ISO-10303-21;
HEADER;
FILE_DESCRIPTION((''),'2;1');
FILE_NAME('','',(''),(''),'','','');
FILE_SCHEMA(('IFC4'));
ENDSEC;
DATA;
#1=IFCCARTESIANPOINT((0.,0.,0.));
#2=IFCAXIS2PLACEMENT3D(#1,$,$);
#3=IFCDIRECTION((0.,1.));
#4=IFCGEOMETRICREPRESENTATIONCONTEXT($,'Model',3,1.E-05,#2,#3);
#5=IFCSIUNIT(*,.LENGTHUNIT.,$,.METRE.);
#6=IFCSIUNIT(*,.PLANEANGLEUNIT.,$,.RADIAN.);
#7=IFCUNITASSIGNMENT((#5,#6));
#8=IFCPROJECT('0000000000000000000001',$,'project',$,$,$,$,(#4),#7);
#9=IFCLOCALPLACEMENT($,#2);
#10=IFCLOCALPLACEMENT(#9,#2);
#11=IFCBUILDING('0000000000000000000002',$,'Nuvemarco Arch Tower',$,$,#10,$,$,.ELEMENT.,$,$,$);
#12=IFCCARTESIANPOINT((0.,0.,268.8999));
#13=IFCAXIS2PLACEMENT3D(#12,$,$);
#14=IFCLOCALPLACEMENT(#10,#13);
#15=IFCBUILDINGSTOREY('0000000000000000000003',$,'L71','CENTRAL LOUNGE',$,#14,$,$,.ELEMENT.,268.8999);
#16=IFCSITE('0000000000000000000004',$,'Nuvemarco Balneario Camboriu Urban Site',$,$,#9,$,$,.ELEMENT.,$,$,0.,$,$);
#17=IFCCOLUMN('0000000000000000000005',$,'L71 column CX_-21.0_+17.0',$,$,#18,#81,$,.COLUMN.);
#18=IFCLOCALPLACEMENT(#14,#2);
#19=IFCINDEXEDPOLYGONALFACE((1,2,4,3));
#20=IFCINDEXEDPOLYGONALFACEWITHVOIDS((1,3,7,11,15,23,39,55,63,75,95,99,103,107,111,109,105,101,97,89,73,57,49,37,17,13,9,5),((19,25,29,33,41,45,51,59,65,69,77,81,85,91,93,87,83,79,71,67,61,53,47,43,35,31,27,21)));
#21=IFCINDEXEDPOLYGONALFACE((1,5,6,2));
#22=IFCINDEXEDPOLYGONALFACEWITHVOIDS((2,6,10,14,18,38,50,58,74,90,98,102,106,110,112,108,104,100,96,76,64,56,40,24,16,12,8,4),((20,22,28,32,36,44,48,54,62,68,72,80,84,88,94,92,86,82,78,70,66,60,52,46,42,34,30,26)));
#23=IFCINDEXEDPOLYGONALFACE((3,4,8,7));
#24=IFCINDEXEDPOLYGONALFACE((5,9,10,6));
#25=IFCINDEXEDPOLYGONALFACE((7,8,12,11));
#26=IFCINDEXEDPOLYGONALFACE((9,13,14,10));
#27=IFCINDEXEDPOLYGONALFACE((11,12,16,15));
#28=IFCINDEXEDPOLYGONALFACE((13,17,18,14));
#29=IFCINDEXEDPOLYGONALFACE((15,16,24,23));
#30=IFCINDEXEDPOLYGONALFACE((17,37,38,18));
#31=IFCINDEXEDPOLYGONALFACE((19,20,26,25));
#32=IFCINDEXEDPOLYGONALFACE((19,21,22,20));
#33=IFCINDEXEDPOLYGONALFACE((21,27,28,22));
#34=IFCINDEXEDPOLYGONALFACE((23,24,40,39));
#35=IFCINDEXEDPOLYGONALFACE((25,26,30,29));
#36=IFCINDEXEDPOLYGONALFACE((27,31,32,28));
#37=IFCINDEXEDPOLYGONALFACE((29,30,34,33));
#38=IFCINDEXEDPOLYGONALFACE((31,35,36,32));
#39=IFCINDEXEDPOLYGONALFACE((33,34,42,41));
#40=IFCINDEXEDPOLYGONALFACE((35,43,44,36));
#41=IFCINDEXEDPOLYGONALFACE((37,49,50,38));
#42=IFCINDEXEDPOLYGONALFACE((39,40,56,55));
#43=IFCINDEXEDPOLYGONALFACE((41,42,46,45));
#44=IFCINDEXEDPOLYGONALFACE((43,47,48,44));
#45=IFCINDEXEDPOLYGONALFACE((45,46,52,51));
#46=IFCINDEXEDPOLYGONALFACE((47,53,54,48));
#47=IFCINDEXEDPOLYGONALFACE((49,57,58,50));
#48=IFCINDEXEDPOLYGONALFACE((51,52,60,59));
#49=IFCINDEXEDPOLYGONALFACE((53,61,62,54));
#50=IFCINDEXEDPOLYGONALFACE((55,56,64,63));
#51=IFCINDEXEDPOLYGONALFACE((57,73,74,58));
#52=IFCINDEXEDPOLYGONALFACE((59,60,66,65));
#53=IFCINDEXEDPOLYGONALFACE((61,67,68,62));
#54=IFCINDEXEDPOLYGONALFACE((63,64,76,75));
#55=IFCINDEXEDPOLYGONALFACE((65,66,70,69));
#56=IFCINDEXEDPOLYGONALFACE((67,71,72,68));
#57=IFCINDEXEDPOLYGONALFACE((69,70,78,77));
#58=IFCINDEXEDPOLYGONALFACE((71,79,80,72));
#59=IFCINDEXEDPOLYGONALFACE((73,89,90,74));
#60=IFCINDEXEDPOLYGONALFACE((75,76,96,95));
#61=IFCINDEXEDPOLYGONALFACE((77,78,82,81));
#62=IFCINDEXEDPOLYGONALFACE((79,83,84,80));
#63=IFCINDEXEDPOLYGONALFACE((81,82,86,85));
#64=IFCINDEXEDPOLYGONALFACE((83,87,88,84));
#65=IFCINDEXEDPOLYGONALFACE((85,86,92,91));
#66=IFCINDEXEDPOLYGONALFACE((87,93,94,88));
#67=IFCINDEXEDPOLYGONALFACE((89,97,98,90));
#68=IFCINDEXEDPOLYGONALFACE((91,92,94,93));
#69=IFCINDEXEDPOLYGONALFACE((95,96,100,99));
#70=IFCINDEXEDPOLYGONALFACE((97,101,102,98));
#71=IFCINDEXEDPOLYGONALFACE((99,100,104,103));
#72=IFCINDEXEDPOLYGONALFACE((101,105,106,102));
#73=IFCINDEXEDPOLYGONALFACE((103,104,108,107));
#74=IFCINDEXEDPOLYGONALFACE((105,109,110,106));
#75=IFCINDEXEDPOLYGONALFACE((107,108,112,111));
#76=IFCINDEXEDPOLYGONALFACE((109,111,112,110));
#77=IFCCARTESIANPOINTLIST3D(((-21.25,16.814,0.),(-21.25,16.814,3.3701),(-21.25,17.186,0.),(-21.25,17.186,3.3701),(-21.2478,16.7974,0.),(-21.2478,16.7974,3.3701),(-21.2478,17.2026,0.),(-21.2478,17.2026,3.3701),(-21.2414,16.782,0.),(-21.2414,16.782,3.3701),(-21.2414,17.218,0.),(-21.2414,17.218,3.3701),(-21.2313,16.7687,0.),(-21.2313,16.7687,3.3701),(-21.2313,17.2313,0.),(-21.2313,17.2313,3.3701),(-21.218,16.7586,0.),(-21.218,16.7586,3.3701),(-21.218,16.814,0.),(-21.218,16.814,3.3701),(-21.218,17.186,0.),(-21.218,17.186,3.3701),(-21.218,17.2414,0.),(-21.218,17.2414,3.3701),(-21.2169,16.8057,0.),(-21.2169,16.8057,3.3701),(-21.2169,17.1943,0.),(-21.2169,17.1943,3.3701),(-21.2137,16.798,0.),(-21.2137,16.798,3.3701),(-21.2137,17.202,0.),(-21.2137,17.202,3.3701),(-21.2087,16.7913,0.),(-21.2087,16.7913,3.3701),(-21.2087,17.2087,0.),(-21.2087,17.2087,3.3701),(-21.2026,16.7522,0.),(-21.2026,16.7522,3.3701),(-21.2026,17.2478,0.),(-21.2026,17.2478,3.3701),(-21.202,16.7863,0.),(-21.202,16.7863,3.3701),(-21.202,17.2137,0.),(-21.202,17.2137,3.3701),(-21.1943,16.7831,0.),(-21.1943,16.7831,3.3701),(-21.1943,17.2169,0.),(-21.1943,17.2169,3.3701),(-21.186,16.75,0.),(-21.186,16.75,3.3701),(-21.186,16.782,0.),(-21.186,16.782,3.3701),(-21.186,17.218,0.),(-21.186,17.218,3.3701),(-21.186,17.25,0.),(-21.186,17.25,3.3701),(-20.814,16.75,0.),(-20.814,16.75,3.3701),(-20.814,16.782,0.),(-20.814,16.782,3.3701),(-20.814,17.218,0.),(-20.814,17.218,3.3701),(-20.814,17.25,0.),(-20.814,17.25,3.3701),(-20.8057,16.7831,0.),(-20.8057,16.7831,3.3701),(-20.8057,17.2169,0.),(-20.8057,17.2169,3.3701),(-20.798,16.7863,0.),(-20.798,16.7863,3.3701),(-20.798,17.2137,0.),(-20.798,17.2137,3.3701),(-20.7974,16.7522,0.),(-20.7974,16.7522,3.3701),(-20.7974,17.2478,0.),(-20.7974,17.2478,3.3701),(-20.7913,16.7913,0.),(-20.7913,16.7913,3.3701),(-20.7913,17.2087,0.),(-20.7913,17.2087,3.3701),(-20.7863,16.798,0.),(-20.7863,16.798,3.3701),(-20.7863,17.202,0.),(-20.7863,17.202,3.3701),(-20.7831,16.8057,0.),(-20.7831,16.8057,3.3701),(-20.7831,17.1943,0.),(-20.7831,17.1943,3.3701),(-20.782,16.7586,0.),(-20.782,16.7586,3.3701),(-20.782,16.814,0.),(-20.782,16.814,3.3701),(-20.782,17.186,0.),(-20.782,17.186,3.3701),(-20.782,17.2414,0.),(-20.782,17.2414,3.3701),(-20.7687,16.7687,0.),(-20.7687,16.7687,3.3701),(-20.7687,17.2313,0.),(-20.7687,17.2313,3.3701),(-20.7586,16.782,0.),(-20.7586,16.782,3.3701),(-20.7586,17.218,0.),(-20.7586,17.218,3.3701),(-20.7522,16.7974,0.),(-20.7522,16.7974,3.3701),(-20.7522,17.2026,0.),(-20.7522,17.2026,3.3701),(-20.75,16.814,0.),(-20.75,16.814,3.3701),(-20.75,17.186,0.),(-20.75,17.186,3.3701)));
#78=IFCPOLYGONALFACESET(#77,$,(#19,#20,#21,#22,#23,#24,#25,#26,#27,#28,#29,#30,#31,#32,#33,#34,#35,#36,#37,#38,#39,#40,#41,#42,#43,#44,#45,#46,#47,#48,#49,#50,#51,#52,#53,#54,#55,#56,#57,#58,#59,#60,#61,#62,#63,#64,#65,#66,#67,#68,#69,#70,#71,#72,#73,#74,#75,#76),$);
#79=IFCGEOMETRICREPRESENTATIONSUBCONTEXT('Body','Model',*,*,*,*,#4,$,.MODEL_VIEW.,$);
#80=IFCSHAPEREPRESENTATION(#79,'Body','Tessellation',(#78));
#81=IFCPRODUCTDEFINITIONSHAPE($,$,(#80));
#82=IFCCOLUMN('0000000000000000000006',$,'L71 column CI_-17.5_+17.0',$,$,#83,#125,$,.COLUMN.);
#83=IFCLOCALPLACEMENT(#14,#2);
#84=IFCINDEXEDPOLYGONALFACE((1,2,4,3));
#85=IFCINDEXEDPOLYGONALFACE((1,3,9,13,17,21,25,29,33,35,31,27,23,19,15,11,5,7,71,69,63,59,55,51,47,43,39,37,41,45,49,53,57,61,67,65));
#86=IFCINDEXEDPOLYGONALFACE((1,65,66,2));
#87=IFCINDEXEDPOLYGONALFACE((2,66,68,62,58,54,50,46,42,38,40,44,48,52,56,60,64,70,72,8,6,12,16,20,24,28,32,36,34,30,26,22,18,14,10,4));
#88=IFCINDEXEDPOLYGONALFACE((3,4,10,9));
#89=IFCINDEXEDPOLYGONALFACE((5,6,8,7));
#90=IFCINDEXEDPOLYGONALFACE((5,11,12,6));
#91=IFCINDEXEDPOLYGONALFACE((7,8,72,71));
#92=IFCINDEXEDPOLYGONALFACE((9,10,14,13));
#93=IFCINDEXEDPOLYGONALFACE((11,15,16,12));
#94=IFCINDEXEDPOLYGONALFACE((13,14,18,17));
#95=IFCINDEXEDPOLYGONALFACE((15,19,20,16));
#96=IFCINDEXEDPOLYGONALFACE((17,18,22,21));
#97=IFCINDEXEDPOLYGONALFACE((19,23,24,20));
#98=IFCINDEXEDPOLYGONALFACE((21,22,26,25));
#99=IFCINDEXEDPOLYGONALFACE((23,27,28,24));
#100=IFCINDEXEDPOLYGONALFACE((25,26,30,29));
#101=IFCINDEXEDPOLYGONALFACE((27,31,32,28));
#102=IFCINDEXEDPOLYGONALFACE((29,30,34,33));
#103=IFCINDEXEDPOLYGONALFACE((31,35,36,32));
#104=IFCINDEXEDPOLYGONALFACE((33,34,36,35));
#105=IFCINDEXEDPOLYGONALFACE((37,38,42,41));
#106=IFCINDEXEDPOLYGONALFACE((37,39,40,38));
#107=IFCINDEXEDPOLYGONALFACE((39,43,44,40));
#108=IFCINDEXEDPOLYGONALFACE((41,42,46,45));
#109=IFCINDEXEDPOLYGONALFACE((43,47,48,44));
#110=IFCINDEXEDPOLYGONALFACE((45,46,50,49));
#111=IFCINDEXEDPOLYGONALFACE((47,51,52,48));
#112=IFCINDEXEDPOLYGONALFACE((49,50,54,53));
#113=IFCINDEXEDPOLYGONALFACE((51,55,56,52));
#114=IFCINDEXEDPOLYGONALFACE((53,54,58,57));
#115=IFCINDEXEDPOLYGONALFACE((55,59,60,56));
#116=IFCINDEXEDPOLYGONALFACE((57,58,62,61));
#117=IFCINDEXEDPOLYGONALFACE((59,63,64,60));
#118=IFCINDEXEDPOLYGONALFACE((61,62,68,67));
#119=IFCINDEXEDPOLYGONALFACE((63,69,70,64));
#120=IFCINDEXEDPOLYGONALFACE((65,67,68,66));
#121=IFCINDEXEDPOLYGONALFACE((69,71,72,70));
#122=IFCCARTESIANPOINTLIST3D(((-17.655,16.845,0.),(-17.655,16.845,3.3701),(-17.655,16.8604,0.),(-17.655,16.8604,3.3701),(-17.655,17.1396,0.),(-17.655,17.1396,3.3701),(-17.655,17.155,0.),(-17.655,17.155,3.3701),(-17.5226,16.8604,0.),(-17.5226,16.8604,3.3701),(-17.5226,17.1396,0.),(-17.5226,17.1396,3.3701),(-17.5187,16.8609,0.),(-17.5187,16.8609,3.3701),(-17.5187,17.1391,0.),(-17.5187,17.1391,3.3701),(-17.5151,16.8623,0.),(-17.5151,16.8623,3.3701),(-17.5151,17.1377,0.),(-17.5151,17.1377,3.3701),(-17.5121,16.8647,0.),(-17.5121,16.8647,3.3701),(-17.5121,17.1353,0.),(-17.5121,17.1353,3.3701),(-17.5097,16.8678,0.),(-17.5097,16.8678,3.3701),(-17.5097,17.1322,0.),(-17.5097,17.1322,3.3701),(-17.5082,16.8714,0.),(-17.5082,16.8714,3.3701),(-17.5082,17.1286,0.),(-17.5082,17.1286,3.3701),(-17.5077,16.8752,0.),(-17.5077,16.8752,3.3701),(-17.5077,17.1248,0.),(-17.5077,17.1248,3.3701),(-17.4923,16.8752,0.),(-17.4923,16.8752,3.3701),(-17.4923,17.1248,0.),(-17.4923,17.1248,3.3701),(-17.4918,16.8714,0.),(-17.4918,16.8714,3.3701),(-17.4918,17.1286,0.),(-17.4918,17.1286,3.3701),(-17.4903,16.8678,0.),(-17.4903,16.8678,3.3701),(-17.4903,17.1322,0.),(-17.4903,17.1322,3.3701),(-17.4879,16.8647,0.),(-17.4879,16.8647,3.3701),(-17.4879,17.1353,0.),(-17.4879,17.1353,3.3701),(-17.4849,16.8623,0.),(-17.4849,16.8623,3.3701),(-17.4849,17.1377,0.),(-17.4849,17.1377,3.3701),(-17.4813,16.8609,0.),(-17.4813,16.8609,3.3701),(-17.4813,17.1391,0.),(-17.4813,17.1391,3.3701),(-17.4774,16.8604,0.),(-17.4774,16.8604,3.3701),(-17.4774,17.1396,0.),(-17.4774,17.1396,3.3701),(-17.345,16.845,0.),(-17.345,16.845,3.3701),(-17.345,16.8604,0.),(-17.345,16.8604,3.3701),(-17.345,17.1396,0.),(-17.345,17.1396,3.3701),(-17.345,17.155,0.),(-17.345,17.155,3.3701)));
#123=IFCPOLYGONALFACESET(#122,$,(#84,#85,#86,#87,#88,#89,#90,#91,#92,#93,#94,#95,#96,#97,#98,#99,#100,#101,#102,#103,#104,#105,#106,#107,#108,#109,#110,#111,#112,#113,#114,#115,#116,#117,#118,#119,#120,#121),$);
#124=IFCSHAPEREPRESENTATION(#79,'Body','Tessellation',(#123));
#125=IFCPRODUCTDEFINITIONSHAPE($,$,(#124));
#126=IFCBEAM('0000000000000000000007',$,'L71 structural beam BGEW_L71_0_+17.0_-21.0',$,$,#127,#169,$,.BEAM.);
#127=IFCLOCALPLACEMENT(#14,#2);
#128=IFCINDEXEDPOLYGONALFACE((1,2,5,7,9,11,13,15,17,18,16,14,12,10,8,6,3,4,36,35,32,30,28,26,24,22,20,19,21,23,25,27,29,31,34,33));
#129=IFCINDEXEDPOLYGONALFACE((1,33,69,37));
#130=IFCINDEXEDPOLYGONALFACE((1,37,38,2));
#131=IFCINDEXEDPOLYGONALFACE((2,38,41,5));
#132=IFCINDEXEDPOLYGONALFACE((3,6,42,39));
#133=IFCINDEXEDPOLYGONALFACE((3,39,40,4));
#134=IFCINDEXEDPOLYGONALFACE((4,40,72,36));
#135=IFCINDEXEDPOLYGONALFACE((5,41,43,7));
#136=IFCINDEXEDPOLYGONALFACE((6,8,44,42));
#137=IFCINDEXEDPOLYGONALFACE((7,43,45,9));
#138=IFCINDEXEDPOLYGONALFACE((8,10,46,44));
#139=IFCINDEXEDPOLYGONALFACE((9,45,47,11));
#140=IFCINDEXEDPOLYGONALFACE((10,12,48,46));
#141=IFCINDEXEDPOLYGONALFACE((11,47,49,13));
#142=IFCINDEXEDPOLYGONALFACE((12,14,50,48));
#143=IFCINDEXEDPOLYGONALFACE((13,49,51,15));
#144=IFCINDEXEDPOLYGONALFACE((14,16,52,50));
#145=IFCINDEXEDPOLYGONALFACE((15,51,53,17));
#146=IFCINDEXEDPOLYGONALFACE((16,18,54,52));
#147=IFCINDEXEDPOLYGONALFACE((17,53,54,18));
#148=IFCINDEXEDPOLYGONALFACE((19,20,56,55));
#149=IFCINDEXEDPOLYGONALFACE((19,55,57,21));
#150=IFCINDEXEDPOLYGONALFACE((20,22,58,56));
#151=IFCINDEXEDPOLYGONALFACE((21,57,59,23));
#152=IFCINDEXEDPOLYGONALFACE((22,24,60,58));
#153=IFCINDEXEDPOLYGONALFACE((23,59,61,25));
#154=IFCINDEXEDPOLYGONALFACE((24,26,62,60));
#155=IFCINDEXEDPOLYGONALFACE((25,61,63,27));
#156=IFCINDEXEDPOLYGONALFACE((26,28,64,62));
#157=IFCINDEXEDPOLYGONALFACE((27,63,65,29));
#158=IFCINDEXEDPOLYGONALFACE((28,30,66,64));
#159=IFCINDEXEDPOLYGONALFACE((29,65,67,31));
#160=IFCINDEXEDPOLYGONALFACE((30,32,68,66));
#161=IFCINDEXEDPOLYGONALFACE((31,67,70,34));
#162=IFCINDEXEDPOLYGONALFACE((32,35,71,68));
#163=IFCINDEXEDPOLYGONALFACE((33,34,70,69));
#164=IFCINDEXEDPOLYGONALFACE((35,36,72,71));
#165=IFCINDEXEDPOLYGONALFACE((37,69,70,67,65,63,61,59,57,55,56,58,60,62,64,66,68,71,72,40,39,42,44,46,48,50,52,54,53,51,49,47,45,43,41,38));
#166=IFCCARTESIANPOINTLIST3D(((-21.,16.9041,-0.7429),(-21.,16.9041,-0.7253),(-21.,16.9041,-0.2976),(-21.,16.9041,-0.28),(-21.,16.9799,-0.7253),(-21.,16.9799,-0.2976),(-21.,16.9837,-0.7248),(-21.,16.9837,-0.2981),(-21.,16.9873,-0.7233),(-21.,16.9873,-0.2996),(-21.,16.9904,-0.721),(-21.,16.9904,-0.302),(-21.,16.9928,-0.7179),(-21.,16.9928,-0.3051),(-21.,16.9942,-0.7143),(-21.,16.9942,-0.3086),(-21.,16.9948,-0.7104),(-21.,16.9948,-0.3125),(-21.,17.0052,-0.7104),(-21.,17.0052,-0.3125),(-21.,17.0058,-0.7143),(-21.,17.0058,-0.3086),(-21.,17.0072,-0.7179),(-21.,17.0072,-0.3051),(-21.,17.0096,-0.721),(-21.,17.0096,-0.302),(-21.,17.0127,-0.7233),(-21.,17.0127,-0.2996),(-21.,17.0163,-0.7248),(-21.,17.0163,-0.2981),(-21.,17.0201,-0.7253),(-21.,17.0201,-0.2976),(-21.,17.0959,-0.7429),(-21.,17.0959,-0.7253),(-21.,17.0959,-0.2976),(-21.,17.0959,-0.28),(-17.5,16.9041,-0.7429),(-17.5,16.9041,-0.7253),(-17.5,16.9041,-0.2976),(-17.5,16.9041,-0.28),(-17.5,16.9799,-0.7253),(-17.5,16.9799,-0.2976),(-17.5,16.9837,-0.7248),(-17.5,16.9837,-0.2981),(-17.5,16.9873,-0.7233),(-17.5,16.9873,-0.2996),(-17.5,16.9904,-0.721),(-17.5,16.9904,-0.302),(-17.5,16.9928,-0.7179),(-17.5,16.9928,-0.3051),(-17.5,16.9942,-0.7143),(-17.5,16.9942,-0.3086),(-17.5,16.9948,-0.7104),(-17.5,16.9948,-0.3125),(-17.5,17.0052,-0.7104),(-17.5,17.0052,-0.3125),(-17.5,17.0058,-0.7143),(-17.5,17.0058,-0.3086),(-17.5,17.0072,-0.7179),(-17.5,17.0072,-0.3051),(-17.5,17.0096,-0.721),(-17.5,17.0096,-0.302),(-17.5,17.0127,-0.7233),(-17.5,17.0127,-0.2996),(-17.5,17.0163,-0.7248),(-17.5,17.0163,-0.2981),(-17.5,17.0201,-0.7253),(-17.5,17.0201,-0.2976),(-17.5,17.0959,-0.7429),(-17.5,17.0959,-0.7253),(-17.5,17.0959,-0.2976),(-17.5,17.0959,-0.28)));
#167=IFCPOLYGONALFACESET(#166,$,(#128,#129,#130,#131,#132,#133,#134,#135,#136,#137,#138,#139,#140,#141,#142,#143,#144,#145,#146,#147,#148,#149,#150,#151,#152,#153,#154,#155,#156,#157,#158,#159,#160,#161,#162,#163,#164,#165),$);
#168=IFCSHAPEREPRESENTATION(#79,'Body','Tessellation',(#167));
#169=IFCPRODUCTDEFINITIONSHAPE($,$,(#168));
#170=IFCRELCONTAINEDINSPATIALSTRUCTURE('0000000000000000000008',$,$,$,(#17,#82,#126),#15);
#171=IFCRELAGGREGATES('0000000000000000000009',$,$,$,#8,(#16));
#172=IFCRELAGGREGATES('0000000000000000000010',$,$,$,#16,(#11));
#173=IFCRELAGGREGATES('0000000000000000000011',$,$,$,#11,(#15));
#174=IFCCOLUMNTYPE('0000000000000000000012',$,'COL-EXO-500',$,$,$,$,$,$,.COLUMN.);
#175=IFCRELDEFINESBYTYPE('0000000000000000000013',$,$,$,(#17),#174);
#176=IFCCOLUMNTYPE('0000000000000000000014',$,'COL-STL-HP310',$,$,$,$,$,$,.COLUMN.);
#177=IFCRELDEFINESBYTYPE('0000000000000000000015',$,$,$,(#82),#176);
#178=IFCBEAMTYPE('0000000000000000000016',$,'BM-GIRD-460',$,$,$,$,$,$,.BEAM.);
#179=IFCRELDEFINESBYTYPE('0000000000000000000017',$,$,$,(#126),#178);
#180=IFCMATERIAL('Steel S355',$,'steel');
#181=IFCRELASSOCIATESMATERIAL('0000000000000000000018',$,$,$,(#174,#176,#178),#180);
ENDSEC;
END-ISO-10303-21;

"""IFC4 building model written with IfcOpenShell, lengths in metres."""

from ifc_helpers import new_model, si_unit, direction, frame, origin, origin_2d, place, context, subcontext, project, spatial, hollow_rectangle, i_section, extrude, material, material_profile, profile_set, type_object, element, save


model = new_model("IFC4")

# Units and contexts
model_context = context("Model", 3, precision=1e-05, world=origin(), true_north=direction((0.0, 1.0)))
body_context = subcontext(model_context, "Body", "Model", "MODEL_VIEW")
ifc_project = project(units=[si_unit("LENGTHUNIT", "METRE"), si_unit("PLANEANGLEUNIT", "RADIAN")], contexts=[model_context])

# Site, building, storey
site_placement = place(None, origin())
site = spatial("IfcSite", under=ifc_project, at=site_placement, Name="Nuvemarco Balneario Camboriu Urban Site", CompositionType="ELEMENT", RefElevation=0.0)
building_placement = place(site_placement, origin())
building = spatial("IfcBuilding", under=site, at=building_placement, Name="Nuvemarco Arch Tower", CompositionType="ELEMENT")
storey_placement = place(building_placement, frame((0.0, 0.0, 268.8999)))
storey = spatial("IfcBuildingStorey", under=building, at=storey_placement, Name="L71", Description="CENTRAL LOUNGE", CompositionType="ELEMENT", Elevation=268.8999)

# Columns
ifc_material_1 = material(Name="Steel S355", Category="steel")
ifc_material_profile_1 = material_profile(ifc_material_1, hollow_rectangle(XDim=0.5, YDim=0.5, WallThickness=0.032, InnerFilletRadius=0.032, OuterFilletRadius=0.064, at=origin_2d()), Name="SHS500x500x32")
ifc_profile_set_1 = profile_set([ifc_material_profile_1], Name="Steel S355")
column_type_1 = type_object("IfcColumnType", Name="COL-EXO-500", PredefinedType="COLUMN", material=ifc_profile_set_1)
column_1_placement = place(storey_placement, frame((-21.0, 17.0, 0.0), z_axis=(0.0, 0.0, 1.0), x_axis=(1.0, 0.0, 0.0)))
element("IfcColumn", 1, at=column_1_placement, inside=storey, type_object=column_type_1, Name="L71 column CX_-21.0_+17.0", PredefinedType="COLUMN", context=body_context, shape_type="SweptSolid", body=[
    extrude(hollow_rectangle(XDim=0.5, YDim=0.5, WallThickness=0.032, InnerFilletRadius=0.032, OuterFilletRadius=0.064, at=origin_2d()), origin(), (0.0, 0.0, 1.0), 3.3701),
])
ifc_material_profile_2 = material_profile(ifc_material_1, i_section(OverallWidth=0.3101, OverallDepth=0.3101, WebThickness=0.0154, FlangeThickness=0.0154, FilletRadius=0.0149, at=origin_2d()), Name="HP310x110")
ifc_profile_set_2 = profile_set([ifc_material_profile_2], Name="Steel S355")
column_type_2 = type_object("IfcColumnType", Name="COL-STL-HP310", PredefinedType="COLUMN", material=ifc_profile_set_2)
column_2_placement = place(storey_placement, frame((-17.5, 17.0, 0.0), z_axis=(0.0, 0.0, 1.0), x_axis=(1.0, 0.0, 0.0)))
element("IfcColumn", 2, at=column_2_placement, inside=storey, type_object=column_type_2, Name="L71 column CI_-17.5_+17.0", PredefinedType="COLUMN", context=body_context, shape_type="SweptSolid", body=[
    extrude(i_section(OverallWidth=0.3101, OverallDepth=0.3101, WebThickness=0.0154, FlangeThickness=0.0154, FilletRadius=0.0149, at=origin_2d()), origin(), (0.0, 0.0, 1.0), 3.3701),
])

# Beam
ifc_material_profile_3 = material_profile(ifc_material_1, i_section(OverallWidth=0.1919, OverallDepth=0.4629, WebThickness=0.0105, FlangeThickness=0.0176, FilletRadius=0.0149, at=origin_2d()), Name="W460x89")
ifc_profile_set_3 = profile_set([ifc_material_profile_3], Name="Steel S355")
beam_type_1 = type_object("IfcBeamType", Name="BM-GIRD-460", PredefinedType="BEAM", material=ifc_profile_set_3)
beam_1_placement = place(storey_placement, frame((-21.0, 17.0, -0.5115), z_axis=(1.0, 0.0, 0.0), x_axis=(0.0, 1.0, 0.0)))
element("IfcBeam", 3, at=beam_1_placement, inside=storey, type_object=beam_type_1, Name="L71 structural beam BGEW_L71_0_+17.0_-21.0", PredefinedType="BEAM", context=body_context, shape_type="SweptSolid", body=[
    extrude(i_section(OverallWidth=0.1919, OverallDepth=0.4629, WebThickness=0.0105, FlangeThickness=0.0176, FilletRadius=0.0149, at=origin_2d()), origin(), (0.0, 0.0, 1.0), 3.5),
])

save(model, "model.ifc")
